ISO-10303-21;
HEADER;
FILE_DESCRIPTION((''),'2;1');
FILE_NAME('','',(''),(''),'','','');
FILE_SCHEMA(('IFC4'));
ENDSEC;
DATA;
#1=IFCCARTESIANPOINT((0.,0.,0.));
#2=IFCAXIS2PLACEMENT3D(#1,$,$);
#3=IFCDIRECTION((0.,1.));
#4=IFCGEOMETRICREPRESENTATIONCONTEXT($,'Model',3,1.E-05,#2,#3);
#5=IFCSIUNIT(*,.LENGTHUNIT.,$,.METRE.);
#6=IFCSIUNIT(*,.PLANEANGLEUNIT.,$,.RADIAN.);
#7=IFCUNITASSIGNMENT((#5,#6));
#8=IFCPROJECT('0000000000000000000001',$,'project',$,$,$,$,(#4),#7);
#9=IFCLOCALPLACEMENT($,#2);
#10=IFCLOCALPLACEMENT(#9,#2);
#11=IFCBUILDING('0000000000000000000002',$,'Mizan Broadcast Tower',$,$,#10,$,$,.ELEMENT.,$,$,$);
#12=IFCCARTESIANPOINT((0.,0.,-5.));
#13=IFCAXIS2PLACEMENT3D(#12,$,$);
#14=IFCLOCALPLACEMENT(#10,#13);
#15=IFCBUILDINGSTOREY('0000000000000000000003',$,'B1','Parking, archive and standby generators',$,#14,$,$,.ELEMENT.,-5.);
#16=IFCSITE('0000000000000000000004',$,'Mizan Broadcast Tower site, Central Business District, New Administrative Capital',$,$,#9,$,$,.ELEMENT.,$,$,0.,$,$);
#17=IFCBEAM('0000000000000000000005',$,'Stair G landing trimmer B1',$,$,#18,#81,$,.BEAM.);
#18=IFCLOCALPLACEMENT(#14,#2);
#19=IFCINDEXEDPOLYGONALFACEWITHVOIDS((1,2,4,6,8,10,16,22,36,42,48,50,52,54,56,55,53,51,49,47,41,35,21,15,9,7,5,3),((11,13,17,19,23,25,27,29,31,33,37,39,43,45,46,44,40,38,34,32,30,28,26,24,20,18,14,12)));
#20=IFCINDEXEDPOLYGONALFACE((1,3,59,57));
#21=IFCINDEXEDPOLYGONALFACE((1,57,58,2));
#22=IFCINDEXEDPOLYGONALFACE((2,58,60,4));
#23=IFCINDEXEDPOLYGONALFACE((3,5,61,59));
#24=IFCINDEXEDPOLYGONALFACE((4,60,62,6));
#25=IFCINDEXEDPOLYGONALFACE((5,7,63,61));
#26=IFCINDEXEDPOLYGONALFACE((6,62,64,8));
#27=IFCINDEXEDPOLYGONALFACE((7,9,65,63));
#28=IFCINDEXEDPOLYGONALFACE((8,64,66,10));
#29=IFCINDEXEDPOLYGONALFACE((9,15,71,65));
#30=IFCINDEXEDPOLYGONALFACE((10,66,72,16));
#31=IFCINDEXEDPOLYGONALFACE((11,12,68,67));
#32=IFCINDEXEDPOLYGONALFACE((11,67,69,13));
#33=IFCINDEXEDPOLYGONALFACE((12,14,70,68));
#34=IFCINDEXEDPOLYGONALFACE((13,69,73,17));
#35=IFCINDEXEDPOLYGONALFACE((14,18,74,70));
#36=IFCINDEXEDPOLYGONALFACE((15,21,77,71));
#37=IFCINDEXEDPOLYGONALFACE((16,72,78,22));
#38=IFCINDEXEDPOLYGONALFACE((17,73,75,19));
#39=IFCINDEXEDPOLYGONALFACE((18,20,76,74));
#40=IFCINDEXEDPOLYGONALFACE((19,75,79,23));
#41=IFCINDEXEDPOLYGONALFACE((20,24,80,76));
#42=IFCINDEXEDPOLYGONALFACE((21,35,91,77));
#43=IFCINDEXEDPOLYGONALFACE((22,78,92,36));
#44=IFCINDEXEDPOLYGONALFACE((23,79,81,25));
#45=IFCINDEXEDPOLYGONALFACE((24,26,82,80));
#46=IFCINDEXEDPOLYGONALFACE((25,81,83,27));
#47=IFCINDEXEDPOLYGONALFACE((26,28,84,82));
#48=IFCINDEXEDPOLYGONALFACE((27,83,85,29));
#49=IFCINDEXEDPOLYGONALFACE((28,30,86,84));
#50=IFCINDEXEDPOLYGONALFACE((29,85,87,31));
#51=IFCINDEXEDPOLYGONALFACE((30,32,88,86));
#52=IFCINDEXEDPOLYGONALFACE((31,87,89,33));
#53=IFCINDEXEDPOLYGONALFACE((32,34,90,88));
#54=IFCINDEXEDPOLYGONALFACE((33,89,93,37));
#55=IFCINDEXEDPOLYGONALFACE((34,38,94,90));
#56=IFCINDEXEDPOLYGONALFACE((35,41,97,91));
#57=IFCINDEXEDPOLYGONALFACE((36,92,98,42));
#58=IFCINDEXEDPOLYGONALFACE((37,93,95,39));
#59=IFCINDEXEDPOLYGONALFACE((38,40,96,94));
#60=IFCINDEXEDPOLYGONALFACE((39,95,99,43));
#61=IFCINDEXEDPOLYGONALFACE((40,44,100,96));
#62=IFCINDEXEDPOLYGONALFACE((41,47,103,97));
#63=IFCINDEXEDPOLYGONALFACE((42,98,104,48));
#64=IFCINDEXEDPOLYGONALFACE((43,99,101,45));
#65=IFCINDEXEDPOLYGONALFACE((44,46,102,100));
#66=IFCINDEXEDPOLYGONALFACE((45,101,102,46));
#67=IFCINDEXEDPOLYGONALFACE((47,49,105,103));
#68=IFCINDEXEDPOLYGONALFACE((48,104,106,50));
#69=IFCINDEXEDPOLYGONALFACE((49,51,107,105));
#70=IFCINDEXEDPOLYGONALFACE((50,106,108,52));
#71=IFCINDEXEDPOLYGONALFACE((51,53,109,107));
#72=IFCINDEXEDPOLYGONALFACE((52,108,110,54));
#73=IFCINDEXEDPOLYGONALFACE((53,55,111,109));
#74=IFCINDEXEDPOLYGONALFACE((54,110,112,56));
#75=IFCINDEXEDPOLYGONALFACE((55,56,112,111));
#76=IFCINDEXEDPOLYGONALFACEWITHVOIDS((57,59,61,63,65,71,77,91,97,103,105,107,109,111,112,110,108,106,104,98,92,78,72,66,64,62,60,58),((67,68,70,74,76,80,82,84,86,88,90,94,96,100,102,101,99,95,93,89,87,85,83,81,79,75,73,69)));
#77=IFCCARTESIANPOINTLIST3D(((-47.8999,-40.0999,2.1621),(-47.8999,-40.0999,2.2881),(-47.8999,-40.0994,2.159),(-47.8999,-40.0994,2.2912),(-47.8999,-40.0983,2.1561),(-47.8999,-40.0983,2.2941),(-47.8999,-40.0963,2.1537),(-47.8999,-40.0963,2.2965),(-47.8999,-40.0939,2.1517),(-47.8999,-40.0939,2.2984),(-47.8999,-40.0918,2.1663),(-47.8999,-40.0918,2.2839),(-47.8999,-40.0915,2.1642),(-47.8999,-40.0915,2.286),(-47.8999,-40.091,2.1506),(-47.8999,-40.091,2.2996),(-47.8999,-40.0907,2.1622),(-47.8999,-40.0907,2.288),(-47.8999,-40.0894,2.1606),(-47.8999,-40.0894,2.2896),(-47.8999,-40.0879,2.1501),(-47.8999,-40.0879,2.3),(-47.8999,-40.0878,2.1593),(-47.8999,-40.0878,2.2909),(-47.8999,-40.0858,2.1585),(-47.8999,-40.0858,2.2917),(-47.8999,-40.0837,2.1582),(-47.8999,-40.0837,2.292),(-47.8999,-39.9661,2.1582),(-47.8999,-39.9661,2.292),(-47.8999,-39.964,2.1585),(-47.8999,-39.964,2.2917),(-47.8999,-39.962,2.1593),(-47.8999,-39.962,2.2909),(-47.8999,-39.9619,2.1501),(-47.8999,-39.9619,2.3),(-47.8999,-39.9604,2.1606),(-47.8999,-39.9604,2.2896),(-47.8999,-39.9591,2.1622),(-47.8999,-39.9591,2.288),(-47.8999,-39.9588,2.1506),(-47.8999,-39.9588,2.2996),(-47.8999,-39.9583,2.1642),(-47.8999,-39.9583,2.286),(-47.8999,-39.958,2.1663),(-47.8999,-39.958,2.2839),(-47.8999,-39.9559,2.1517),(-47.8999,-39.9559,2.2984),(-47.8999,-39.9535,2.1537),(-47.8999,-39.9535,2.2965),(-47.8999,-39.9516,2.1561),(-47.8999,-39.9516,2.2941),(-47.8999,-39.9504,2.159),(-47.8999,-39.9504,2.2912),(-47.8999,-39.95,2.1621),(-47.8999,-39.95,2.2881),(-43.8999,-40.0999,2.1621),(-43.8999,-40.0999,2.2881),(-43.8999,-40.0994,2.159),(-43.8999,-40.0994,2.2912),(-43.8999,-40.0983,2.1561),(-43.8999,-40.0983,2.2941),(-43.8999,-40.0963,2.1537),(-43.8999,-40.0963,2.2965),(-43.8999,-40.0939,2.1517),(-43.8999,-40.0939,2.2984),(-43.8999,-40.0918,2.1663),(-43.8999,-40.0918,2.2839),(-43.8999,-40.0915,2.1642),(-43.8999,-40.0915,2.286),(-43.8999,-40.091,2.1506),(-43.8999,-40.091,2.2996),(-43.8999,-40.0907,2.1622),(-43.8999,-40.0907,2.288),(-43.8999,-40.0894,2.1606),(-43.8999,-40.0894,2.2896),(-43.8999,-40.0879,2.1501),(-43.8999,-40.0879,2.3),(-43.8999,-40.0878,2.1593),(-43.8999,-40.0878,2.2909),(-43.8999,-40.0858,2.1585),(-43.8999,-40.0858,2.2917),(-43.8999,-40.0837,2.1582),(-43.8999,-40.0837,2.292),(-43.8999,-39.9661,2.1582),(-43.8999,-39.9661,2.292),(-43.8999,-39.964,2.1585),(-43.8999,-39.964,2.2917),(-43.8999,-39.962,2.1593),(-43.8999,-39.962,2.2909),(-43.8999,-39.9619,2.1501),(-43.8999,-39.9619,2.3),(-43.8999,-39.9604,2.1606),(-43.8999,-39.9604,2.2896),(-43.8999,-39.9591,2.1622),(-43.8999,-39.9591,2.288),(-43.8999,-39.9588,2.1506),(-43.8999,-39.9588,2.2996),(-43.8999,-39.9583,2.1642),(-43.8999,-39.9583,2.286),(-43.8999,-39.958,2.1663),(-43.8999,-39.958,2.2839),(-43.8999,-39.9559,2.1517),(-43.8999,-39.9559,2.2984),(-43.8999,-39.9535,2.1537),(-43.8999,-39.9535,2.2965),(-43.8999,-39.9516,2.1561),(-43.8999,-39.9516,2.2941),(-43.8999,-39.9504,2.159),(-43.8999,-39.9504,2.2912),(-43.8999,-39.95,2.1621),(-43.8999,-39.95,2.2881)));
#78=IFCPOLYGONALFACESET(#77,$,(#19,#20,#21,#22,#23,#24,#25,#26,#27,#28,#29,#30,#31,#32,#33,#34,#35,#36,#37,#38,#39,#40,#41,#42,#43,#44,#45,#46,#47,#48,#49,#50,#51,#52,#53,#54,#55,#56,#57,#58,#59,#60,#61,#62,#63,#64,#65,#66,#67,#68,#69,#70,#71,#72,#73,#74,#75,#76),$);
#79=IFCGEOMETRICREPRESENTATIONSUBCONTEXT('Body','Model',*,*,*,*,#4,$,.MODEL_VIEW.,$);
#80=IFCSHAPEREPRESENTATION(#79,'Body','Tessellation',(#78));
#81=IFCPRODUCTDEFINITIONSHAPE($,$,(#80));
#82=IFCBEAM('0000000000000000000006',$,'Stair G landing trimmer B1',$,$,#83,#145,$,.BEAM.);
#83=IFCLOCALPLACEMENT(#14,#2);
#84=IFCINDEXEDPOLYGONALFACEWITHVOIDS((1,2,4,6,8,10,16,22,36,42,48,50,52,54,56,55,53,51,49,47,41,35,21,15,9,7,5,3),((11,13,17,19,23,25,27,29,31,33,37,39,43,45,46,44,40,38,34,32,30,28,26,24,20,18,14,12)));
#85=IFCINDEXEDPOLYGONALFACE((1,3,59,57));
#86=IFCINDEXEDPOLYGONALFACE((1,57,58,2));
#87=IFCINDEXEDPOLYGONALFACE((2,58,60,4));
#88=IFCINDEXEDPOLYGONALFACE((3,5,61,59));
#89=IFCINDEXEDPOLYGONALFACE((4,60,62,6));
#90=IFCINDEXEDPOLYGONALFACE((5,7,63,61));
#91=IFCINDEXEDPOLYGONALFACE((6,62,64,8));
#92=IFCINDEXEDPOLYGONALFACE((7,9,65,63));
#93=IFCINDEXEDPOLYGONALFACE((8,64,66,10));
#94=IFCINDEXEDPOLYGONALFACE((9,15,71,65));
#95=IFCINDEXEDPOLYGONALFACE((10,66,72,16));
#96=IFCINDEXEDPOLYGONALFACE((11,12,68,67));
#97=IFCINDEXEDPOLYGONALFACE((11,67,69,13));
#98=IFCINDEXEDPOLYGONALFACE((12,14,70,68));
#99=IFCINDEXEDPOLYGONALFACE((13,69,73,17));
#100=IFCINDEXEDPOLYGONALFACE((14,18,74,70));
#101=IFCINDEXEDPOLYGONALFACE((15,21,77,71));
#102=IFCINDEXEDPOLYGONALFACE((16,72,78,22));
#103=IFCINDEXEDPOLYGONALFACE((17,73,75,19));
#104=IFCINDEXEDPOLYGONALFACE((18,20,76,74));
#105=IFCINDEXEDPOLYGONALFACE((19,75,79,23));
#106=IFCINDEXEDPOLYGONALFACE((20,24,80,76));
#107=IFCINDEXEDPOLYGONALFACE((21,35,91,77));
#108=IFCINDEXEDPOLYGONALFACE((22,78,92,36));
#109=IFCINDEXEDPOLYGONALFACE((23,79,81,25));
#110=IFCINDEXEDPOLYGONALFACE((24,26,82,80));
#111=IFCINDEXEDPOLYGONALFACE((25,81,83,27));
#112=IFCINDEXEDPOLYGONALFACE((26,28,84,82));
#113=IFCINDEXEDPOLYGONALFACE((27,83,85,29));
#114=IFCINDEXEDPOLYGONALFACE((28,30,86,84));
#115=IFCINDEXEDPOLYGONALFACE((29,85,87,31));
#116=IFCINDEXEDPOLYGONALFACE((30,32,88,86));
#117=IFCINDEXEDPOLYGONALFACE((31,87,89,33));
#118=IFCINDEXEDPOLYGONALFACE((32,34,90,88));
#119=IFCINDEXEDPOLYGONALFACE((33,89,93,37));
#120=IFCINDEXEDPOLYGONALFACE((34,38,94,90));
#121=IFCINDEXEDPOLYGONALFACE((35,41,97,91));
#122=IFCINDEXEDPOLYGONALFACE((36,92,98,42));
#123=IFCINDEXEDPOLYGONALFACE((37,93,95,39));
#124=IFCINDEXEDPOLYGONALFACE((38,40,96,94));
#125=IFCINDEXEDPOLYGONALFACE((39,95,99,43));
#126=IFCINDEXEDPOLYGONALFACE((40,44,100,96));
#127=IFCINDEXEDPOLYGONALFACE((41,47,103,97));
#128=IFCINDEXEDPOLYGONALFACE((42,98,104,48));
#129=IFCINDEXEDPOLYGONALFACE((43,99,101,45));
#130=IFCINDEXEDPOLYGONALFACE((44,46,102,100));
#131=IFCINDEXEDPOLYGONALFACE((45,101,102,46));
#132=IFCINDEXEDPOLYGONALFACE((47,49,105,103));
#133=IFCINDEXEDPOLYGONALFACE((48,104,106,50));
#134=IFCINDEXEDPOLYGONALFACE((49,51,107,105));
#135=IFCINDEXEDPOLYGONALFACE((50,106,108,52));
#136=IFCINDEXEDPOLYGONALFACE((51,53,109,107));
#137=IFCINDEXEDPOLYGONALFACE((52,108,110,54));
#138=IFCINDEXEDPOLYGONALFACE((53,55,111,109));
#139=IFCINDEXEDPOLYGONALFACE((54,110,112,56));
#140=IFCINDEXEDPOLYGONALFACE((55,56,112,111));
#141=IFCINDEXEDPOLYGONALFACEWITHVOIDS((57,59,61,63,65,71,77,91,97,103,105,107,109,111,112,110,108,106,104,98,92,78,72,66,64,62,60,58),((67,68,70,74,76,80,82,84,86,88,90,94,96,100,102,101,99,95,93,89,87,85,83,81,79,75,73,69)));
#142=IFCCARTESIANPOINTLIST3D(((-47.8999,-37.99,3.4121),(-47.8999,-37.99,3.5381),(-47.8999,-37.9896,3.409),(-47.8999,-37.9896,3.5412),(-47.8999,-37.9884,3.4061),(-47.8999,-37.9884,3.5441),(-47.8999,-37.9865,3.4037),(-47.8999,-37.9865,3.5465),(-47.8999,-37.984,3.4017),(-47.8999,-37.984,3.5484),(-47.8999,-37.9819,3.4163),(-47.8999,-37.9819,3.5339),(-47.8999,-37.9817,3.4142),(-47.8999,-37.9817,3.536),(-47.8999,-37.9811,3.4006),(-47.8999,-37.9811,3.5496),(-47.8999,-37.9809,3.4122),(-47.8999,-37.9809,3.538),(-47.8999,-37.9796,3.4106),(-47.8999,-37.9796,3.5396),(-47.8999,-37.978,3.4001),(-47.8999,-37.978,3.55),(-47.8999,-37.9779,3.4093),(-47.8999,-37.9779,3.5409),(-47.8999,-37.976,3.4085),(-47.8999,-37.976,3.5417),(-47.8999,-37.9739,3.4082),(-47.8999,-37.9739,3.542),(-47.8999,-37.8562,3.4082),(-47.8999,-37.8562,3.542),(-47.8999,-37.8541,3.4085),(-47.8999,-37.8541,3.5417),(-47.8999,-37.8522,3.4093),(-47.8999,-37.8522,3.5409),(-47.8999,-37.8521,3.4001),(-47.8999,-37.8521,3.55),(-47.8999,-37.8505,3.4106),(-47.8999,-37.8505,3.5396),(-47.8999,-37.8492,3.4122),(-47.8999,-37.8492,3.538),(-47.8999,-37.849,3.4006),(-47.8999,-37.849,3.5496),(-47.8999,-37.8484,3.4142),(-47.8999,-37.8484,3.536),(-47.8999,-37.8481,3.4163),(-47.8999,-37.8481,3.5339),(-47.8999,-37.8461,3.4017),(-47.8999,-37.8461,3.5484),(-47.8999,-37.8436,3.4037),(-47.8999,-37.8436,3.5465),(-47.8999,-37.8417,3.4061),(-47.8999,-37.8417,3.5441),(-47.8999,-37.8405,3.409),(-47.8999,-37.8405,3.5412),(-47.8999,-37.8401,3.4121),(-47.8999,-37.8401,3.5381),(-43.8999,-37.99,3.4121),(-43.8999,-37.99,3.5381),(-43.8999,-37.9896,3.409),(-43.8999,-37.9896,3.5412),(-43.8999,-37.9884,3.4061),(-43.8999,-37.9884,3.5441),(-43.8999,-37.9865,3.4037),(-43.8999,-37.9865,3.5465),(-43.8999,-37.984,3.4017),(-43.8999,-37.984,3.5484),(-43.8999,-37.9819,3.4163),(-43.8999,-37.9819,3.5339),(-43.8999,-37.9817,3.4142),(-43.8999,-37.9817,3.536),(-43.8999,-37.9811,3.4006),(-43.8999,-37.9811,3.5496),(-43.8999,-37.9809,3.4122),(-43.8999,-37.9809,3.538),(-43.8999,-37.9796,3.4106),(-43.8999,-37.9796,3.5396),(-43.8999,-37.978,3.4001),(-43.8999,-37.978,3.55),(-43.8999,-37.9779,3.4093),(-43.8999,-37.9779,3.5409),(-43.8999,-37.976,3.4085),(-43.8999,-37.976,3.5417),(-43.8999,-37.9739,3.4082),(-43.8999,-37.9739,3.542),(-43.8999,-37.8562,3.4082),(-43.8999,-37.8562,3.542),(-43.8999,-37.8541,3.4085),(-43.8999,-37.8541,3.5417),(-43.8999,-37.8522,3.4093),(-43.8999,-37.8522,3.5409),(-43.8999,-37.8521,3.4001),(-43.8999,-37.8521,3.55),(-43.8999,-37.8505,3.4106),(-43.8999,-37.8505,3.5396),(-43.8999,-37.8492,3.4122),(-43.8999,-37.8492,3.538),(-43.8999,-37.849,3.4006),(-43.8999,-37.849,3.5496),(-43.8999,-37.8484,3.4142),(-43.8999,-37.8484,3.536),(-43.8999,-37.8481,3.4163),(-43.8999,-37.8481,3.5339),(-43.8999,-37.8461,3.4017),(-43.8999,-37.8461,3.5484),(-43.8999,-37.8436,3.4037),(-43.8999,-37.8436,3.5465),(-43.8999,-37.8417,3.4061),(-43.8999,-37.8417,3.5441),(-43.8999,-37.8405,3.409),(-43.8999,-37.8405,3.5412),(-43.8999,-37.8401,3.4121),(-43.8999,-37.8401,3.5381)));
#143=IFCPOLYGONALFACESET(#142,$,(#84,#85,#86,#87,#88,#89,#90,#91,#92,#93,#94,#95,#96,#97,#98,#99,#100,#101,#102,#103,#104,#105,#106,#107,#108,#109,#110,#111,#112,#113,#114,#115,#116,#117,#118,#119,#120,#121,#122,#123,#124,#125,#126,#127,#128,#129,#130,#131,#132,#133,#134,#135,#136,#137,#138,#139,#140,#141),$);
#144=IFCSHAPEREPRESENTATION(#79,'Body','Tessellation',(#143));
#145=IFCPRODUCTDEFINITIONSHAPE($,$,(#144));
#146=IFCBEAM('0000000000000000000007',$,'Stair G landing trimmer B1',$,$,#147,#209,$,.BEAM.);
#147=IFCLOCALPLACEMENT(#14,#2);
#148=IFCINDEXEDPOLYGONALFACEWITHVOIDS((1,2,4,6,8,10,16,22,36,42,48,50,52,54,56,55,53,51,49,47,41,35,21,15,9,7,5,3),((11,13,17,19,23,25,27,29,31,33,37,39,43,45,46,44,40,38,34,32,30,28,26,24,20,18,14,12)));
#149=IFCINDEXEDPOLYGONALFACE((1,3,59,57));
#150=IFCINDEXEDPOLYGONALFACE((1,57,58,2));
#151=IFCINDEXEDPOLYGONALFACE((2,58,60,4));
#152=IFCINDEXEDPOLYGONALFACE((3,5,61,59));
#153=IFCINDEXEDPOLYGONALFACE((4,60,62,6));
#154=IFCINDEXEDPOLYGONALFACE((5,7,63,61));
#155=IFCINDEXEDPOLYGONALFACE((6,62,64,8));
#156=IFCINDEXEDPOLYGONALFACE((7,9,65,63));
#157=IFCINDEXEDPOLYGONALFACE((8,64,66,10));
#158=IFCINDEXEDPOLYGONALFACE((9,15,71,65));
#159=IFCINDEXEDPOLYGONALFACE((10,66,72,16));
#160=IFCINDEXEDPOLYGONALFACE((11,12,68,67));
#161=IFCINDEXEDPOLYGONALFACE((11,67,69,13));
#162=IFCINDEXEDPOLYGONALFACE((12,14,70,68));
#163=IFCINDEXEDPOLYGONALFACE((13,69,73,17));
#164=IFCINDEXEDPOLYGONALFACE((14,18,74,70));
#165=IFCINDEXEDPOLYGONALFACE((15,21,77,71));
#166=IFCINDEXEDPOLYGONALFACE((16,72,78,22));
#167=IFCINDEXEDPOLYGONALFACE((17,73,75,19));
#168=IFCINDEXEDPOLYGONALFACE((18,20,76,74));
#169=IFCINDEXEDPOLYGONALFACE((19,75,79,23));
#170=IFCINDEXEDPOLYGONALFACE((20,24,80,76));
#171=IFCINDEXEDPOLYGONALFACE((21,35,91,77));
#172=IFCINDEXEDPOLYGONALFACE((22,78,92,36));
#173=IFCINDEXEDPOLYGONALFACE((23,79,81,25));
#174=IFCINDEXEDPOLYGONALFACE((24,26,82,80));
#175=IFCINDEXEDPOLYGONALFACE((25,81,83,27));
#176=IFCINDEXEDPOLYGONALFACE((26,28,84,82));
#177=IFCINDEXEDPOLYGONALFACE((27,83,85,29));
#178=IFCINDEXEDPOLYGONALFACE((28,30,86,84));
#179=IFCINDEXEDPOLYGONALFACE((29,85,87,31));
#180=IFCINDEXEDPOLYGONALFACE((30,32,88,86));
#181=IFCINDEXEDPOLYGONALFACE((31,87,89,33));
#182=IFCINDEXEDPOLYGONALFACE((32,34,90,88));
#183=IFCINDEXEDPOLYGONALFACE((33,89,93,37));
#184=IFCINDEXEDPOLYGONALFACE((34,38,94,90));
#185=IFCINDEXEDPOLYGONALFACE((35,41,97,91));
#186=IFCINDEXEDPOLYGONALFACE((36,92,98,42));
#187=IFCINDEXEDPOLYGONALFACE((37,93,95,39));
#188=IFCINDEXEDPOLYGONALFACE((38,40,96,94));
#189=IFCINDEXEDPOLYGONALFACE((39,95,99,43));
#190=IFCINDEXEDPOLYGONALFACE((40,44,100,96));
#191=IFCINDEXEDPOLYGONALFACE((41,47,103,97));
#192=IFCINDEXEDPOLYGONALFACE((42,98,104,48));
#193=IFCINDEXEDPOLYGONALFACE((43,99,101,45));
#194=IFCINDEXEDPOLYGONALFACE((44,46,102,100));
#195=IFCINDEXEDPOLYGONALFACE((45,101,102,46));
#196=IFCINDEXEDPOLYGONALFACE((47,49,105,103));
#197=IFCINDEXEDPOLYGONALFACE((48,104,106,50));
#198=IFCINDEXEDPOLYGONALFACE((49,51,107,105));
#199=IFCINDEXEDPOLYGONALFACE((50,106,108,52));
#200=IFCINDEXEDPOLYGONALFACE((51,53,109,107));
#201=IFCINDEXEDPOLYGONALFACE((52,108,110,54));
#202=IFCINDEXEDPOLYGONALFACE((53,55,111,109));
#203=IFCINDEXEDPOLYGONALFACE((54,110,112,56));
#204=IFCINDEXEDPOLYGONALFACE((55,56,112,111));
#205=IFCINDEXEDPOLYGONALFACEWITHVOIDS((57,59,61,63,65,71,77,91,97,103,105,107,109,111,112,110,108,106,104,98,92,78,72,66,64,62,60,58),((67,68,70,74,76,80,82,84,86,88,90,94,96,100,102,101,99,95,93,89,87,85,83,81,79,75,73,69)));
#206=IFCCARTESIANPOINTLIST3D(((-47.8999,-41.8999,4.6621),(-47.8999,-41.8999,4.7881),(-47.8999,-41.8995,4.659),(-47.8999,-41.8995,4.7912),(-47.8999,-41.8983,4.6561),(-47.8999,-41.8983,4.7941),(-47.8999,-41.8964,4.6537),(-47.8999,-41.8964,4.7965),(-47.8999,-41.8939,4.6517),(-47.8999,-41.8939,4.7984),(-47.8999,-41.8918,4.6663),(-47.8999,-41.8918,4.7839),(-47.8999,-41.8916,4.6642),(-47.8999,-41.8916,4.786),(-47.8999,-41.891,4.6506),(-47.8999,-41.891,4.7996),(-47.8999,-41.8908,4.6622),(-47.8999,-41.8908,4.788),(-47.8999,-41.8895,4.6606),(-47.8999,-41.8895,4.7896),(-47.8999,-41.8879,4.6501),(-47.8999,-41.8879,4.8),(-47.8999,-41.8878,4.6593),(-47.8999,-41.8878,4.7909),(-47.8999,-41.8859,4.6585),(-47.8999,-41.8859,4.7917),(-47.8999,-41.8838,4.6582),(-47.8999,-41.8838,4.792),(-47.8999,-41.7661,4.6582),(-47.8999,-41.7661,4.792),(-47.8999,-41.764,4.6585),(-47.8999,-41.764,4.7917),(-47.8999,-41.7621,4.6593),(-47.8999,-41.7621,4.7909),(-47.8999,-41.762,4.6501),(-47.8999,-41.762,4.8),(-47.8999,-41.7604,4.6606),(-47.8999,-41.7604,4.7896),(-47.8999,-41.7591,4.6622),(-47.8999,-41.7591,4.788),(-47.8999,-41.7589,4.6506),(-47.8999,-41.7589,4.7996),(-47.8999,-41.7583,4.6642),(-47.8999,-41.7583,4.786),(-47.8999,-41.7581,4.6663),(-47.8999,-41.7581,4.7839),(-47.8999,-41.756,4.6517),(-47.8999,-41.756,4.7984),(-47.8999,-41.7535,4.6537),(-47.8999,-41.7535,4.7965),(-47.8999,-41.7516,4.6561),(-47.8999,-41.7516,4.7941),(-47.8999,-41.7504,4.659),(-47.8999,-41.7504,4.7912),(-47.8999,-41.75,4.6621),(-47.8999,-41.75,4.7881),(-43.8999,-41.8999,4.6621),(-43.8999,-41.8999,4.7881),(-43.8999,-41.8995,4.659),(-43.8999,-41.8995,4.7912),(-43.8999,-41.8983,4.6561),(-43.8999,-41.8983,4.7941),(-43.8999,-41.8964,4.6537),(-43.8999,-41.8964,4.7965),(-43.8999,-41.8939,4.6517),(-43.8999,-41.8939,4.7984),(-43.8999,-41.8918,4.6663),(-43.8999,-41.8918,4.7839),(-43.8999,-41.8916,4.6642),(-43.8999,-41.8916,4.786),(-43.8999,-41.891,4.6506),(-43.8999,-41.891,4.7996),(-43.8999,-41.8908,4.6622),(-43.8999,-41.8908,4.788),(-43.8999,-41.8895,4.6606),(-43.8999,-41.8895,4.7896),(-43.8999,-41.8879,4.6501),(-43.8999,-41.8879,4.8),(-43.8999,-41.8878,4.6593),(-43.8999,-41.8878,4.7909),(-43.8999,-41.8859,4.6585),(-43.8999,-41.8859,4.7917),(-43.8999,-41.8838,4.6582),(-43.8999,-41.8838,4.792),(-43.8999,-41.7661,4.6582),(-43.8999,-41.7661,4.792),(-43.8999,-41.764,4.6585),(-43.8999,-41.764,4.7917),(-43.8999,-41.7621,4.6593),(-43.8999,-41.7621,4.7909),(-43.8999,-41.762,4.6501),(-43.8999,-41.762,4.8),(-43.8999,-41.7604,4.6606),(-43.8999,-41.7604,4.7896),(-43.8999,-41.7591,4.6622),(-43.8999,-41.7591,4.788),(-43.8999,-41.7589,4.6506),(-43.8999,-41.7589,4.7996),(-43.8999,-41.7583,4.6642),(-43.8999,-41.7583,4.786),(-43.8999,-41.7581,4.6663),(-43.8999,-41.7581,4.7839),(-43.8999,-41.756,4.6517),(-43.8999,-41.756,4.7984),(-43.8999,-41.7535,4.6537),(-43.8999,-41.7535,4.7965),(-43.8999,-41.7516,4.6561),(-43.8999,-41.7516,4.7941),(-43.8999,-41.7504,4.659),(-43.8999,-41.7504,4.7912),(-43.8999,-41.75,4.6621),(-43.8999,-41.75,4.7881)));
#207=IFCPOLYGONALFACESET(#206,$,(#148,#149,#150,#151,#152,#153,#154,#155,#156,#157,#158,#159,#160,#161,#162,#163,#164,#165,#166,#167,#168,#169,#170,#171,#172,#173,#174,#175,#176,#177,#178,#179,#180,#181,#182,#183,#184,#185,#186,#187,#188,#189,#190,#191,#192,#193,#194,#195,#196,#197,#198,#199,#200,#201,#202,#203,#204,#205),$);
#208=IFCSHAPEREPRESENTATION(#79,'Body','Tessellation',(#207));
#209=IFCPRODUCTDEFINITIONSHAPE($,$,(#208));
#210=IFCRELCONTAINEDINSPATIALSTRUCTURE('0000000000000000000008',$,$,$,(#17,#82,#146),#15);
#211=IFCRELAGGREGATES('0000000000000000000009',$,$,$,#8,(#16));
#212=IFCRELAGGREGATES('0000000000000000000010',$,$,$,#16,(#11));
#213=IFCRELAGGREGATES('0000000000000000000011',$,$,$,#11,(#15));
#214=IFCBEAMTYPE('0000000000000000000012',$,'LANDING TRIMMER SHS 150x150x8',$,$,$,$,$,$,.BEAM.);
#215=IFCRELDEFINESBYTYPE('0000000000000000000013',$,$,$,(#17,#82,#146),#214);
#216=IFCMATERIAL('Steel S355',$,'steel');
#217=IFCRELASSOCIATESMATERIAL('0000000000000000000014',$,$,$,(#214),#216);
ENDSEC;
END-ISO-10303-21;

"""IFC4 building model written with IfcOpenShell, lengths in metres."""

from ifc_helpers import new_model, si_unit, direction, frame, origin, origin_2d, place, context, subcontext, project, spatial, hollow_rectangle, extrude, material, material_profile, profile_set, type_object, element, save


model = new_model("IFC4")

# Units and contexts
model_context = context("Model", 3, precision=1e-05, world=origin(), true_north=direction((0.0, 1.0)))
body_context = subcontext(model_context, "Body", "Model", "MODEL_VIEW")
ifc_project = project(units=[si_unit("LENGTHUNIT", "METRE"), si_unit("PLANEANGLEUNIT", "RADIAN")], contexts=[model_context])

# Site, building, storey
site_placement = place(None, origin())
site = spatial("IfcSite", under=ifc_project, at=site_placement, Name="Mizan Broadcast Tower site, Central Business District, New Administrative Capital", CompositionType="ELEMENT", RefElevation=0.0)
building_placement = place(site_placement, origin())
building = spatial("IfcBuilding", under=site, at=building_placement, Name="Mizan Broadcast Tower", CompositionType="ELEMENT")
storey_placement = place(building_placement, frame((0.0, 0.0, -5.0)))
storey = spatial("IfcBuildingStorey", under=building, at=storey_placement, Name="B1", Description="Parking, archive and standby generators", CompositionType="ELEMENT", Elevation=-5.0)

# Beams
ifc_material_1 = material(Name="Steel S355", Category="steel")
ifc_material_profile_1 = material_profile(ifc_material_1, hollow_rectangle(XDim=0.1499, YDim=0.1499, WallThickness=0.0081, InnerFilletRadius=0.0081, OuterFilletRadius=0.012, at=origin_2d()), Name="SHS 150x150x8")
ifc_profile_set_1 = profile_set([ifc_material_profile_1], Name="Steel S355")
beam_type_1 = type_object("IfcBeamType", Name="LANDING TRIMMER SHS 150x150x8", PredefinedType="BEAM", material=ifc_profile_set_1)
for number, where, z_axis, x_axis, name in (
    (1, (-43.8999, -40.0249, 2.2251), (-1.0, 0.0, 0.0), (0.0, -1.0, 0.0), "Stair G landing trimmer B1"),
    (2, (-43.8999, -37.915, 3.4751), (-1.0, 0.0, 0.0), (0.0, -1.0, 0.0), "Stair G landing trimmer B1"),
    (3, (-43.8999, -41.825, 4.7251), (-1.0, 0.0, 0.0), (0.0, -1.0, 0.0), "Stair G landing trimmer B1"),
):
    element("IfcBeam", number, at=place(storey_placement, frame(where, z_axis=z_axis, x_axis=x_axis)), inside=storey, type_object=beam_type_1, Name=name, PredefinedType="BEAM", context=body_context, shape_type="SweptSolid", body=[
        extrude(hollow_rectangle(XDim=0.1499, YDim=0.1499, WallThickness=0.0081, InnerFilletRadius=0.0081, OuterFilletRadius=0.012, at=origin_2d()), origin(), (0.0, 0.0, 1.0), 4.0),
    ])

save(model, "model.ifc")
